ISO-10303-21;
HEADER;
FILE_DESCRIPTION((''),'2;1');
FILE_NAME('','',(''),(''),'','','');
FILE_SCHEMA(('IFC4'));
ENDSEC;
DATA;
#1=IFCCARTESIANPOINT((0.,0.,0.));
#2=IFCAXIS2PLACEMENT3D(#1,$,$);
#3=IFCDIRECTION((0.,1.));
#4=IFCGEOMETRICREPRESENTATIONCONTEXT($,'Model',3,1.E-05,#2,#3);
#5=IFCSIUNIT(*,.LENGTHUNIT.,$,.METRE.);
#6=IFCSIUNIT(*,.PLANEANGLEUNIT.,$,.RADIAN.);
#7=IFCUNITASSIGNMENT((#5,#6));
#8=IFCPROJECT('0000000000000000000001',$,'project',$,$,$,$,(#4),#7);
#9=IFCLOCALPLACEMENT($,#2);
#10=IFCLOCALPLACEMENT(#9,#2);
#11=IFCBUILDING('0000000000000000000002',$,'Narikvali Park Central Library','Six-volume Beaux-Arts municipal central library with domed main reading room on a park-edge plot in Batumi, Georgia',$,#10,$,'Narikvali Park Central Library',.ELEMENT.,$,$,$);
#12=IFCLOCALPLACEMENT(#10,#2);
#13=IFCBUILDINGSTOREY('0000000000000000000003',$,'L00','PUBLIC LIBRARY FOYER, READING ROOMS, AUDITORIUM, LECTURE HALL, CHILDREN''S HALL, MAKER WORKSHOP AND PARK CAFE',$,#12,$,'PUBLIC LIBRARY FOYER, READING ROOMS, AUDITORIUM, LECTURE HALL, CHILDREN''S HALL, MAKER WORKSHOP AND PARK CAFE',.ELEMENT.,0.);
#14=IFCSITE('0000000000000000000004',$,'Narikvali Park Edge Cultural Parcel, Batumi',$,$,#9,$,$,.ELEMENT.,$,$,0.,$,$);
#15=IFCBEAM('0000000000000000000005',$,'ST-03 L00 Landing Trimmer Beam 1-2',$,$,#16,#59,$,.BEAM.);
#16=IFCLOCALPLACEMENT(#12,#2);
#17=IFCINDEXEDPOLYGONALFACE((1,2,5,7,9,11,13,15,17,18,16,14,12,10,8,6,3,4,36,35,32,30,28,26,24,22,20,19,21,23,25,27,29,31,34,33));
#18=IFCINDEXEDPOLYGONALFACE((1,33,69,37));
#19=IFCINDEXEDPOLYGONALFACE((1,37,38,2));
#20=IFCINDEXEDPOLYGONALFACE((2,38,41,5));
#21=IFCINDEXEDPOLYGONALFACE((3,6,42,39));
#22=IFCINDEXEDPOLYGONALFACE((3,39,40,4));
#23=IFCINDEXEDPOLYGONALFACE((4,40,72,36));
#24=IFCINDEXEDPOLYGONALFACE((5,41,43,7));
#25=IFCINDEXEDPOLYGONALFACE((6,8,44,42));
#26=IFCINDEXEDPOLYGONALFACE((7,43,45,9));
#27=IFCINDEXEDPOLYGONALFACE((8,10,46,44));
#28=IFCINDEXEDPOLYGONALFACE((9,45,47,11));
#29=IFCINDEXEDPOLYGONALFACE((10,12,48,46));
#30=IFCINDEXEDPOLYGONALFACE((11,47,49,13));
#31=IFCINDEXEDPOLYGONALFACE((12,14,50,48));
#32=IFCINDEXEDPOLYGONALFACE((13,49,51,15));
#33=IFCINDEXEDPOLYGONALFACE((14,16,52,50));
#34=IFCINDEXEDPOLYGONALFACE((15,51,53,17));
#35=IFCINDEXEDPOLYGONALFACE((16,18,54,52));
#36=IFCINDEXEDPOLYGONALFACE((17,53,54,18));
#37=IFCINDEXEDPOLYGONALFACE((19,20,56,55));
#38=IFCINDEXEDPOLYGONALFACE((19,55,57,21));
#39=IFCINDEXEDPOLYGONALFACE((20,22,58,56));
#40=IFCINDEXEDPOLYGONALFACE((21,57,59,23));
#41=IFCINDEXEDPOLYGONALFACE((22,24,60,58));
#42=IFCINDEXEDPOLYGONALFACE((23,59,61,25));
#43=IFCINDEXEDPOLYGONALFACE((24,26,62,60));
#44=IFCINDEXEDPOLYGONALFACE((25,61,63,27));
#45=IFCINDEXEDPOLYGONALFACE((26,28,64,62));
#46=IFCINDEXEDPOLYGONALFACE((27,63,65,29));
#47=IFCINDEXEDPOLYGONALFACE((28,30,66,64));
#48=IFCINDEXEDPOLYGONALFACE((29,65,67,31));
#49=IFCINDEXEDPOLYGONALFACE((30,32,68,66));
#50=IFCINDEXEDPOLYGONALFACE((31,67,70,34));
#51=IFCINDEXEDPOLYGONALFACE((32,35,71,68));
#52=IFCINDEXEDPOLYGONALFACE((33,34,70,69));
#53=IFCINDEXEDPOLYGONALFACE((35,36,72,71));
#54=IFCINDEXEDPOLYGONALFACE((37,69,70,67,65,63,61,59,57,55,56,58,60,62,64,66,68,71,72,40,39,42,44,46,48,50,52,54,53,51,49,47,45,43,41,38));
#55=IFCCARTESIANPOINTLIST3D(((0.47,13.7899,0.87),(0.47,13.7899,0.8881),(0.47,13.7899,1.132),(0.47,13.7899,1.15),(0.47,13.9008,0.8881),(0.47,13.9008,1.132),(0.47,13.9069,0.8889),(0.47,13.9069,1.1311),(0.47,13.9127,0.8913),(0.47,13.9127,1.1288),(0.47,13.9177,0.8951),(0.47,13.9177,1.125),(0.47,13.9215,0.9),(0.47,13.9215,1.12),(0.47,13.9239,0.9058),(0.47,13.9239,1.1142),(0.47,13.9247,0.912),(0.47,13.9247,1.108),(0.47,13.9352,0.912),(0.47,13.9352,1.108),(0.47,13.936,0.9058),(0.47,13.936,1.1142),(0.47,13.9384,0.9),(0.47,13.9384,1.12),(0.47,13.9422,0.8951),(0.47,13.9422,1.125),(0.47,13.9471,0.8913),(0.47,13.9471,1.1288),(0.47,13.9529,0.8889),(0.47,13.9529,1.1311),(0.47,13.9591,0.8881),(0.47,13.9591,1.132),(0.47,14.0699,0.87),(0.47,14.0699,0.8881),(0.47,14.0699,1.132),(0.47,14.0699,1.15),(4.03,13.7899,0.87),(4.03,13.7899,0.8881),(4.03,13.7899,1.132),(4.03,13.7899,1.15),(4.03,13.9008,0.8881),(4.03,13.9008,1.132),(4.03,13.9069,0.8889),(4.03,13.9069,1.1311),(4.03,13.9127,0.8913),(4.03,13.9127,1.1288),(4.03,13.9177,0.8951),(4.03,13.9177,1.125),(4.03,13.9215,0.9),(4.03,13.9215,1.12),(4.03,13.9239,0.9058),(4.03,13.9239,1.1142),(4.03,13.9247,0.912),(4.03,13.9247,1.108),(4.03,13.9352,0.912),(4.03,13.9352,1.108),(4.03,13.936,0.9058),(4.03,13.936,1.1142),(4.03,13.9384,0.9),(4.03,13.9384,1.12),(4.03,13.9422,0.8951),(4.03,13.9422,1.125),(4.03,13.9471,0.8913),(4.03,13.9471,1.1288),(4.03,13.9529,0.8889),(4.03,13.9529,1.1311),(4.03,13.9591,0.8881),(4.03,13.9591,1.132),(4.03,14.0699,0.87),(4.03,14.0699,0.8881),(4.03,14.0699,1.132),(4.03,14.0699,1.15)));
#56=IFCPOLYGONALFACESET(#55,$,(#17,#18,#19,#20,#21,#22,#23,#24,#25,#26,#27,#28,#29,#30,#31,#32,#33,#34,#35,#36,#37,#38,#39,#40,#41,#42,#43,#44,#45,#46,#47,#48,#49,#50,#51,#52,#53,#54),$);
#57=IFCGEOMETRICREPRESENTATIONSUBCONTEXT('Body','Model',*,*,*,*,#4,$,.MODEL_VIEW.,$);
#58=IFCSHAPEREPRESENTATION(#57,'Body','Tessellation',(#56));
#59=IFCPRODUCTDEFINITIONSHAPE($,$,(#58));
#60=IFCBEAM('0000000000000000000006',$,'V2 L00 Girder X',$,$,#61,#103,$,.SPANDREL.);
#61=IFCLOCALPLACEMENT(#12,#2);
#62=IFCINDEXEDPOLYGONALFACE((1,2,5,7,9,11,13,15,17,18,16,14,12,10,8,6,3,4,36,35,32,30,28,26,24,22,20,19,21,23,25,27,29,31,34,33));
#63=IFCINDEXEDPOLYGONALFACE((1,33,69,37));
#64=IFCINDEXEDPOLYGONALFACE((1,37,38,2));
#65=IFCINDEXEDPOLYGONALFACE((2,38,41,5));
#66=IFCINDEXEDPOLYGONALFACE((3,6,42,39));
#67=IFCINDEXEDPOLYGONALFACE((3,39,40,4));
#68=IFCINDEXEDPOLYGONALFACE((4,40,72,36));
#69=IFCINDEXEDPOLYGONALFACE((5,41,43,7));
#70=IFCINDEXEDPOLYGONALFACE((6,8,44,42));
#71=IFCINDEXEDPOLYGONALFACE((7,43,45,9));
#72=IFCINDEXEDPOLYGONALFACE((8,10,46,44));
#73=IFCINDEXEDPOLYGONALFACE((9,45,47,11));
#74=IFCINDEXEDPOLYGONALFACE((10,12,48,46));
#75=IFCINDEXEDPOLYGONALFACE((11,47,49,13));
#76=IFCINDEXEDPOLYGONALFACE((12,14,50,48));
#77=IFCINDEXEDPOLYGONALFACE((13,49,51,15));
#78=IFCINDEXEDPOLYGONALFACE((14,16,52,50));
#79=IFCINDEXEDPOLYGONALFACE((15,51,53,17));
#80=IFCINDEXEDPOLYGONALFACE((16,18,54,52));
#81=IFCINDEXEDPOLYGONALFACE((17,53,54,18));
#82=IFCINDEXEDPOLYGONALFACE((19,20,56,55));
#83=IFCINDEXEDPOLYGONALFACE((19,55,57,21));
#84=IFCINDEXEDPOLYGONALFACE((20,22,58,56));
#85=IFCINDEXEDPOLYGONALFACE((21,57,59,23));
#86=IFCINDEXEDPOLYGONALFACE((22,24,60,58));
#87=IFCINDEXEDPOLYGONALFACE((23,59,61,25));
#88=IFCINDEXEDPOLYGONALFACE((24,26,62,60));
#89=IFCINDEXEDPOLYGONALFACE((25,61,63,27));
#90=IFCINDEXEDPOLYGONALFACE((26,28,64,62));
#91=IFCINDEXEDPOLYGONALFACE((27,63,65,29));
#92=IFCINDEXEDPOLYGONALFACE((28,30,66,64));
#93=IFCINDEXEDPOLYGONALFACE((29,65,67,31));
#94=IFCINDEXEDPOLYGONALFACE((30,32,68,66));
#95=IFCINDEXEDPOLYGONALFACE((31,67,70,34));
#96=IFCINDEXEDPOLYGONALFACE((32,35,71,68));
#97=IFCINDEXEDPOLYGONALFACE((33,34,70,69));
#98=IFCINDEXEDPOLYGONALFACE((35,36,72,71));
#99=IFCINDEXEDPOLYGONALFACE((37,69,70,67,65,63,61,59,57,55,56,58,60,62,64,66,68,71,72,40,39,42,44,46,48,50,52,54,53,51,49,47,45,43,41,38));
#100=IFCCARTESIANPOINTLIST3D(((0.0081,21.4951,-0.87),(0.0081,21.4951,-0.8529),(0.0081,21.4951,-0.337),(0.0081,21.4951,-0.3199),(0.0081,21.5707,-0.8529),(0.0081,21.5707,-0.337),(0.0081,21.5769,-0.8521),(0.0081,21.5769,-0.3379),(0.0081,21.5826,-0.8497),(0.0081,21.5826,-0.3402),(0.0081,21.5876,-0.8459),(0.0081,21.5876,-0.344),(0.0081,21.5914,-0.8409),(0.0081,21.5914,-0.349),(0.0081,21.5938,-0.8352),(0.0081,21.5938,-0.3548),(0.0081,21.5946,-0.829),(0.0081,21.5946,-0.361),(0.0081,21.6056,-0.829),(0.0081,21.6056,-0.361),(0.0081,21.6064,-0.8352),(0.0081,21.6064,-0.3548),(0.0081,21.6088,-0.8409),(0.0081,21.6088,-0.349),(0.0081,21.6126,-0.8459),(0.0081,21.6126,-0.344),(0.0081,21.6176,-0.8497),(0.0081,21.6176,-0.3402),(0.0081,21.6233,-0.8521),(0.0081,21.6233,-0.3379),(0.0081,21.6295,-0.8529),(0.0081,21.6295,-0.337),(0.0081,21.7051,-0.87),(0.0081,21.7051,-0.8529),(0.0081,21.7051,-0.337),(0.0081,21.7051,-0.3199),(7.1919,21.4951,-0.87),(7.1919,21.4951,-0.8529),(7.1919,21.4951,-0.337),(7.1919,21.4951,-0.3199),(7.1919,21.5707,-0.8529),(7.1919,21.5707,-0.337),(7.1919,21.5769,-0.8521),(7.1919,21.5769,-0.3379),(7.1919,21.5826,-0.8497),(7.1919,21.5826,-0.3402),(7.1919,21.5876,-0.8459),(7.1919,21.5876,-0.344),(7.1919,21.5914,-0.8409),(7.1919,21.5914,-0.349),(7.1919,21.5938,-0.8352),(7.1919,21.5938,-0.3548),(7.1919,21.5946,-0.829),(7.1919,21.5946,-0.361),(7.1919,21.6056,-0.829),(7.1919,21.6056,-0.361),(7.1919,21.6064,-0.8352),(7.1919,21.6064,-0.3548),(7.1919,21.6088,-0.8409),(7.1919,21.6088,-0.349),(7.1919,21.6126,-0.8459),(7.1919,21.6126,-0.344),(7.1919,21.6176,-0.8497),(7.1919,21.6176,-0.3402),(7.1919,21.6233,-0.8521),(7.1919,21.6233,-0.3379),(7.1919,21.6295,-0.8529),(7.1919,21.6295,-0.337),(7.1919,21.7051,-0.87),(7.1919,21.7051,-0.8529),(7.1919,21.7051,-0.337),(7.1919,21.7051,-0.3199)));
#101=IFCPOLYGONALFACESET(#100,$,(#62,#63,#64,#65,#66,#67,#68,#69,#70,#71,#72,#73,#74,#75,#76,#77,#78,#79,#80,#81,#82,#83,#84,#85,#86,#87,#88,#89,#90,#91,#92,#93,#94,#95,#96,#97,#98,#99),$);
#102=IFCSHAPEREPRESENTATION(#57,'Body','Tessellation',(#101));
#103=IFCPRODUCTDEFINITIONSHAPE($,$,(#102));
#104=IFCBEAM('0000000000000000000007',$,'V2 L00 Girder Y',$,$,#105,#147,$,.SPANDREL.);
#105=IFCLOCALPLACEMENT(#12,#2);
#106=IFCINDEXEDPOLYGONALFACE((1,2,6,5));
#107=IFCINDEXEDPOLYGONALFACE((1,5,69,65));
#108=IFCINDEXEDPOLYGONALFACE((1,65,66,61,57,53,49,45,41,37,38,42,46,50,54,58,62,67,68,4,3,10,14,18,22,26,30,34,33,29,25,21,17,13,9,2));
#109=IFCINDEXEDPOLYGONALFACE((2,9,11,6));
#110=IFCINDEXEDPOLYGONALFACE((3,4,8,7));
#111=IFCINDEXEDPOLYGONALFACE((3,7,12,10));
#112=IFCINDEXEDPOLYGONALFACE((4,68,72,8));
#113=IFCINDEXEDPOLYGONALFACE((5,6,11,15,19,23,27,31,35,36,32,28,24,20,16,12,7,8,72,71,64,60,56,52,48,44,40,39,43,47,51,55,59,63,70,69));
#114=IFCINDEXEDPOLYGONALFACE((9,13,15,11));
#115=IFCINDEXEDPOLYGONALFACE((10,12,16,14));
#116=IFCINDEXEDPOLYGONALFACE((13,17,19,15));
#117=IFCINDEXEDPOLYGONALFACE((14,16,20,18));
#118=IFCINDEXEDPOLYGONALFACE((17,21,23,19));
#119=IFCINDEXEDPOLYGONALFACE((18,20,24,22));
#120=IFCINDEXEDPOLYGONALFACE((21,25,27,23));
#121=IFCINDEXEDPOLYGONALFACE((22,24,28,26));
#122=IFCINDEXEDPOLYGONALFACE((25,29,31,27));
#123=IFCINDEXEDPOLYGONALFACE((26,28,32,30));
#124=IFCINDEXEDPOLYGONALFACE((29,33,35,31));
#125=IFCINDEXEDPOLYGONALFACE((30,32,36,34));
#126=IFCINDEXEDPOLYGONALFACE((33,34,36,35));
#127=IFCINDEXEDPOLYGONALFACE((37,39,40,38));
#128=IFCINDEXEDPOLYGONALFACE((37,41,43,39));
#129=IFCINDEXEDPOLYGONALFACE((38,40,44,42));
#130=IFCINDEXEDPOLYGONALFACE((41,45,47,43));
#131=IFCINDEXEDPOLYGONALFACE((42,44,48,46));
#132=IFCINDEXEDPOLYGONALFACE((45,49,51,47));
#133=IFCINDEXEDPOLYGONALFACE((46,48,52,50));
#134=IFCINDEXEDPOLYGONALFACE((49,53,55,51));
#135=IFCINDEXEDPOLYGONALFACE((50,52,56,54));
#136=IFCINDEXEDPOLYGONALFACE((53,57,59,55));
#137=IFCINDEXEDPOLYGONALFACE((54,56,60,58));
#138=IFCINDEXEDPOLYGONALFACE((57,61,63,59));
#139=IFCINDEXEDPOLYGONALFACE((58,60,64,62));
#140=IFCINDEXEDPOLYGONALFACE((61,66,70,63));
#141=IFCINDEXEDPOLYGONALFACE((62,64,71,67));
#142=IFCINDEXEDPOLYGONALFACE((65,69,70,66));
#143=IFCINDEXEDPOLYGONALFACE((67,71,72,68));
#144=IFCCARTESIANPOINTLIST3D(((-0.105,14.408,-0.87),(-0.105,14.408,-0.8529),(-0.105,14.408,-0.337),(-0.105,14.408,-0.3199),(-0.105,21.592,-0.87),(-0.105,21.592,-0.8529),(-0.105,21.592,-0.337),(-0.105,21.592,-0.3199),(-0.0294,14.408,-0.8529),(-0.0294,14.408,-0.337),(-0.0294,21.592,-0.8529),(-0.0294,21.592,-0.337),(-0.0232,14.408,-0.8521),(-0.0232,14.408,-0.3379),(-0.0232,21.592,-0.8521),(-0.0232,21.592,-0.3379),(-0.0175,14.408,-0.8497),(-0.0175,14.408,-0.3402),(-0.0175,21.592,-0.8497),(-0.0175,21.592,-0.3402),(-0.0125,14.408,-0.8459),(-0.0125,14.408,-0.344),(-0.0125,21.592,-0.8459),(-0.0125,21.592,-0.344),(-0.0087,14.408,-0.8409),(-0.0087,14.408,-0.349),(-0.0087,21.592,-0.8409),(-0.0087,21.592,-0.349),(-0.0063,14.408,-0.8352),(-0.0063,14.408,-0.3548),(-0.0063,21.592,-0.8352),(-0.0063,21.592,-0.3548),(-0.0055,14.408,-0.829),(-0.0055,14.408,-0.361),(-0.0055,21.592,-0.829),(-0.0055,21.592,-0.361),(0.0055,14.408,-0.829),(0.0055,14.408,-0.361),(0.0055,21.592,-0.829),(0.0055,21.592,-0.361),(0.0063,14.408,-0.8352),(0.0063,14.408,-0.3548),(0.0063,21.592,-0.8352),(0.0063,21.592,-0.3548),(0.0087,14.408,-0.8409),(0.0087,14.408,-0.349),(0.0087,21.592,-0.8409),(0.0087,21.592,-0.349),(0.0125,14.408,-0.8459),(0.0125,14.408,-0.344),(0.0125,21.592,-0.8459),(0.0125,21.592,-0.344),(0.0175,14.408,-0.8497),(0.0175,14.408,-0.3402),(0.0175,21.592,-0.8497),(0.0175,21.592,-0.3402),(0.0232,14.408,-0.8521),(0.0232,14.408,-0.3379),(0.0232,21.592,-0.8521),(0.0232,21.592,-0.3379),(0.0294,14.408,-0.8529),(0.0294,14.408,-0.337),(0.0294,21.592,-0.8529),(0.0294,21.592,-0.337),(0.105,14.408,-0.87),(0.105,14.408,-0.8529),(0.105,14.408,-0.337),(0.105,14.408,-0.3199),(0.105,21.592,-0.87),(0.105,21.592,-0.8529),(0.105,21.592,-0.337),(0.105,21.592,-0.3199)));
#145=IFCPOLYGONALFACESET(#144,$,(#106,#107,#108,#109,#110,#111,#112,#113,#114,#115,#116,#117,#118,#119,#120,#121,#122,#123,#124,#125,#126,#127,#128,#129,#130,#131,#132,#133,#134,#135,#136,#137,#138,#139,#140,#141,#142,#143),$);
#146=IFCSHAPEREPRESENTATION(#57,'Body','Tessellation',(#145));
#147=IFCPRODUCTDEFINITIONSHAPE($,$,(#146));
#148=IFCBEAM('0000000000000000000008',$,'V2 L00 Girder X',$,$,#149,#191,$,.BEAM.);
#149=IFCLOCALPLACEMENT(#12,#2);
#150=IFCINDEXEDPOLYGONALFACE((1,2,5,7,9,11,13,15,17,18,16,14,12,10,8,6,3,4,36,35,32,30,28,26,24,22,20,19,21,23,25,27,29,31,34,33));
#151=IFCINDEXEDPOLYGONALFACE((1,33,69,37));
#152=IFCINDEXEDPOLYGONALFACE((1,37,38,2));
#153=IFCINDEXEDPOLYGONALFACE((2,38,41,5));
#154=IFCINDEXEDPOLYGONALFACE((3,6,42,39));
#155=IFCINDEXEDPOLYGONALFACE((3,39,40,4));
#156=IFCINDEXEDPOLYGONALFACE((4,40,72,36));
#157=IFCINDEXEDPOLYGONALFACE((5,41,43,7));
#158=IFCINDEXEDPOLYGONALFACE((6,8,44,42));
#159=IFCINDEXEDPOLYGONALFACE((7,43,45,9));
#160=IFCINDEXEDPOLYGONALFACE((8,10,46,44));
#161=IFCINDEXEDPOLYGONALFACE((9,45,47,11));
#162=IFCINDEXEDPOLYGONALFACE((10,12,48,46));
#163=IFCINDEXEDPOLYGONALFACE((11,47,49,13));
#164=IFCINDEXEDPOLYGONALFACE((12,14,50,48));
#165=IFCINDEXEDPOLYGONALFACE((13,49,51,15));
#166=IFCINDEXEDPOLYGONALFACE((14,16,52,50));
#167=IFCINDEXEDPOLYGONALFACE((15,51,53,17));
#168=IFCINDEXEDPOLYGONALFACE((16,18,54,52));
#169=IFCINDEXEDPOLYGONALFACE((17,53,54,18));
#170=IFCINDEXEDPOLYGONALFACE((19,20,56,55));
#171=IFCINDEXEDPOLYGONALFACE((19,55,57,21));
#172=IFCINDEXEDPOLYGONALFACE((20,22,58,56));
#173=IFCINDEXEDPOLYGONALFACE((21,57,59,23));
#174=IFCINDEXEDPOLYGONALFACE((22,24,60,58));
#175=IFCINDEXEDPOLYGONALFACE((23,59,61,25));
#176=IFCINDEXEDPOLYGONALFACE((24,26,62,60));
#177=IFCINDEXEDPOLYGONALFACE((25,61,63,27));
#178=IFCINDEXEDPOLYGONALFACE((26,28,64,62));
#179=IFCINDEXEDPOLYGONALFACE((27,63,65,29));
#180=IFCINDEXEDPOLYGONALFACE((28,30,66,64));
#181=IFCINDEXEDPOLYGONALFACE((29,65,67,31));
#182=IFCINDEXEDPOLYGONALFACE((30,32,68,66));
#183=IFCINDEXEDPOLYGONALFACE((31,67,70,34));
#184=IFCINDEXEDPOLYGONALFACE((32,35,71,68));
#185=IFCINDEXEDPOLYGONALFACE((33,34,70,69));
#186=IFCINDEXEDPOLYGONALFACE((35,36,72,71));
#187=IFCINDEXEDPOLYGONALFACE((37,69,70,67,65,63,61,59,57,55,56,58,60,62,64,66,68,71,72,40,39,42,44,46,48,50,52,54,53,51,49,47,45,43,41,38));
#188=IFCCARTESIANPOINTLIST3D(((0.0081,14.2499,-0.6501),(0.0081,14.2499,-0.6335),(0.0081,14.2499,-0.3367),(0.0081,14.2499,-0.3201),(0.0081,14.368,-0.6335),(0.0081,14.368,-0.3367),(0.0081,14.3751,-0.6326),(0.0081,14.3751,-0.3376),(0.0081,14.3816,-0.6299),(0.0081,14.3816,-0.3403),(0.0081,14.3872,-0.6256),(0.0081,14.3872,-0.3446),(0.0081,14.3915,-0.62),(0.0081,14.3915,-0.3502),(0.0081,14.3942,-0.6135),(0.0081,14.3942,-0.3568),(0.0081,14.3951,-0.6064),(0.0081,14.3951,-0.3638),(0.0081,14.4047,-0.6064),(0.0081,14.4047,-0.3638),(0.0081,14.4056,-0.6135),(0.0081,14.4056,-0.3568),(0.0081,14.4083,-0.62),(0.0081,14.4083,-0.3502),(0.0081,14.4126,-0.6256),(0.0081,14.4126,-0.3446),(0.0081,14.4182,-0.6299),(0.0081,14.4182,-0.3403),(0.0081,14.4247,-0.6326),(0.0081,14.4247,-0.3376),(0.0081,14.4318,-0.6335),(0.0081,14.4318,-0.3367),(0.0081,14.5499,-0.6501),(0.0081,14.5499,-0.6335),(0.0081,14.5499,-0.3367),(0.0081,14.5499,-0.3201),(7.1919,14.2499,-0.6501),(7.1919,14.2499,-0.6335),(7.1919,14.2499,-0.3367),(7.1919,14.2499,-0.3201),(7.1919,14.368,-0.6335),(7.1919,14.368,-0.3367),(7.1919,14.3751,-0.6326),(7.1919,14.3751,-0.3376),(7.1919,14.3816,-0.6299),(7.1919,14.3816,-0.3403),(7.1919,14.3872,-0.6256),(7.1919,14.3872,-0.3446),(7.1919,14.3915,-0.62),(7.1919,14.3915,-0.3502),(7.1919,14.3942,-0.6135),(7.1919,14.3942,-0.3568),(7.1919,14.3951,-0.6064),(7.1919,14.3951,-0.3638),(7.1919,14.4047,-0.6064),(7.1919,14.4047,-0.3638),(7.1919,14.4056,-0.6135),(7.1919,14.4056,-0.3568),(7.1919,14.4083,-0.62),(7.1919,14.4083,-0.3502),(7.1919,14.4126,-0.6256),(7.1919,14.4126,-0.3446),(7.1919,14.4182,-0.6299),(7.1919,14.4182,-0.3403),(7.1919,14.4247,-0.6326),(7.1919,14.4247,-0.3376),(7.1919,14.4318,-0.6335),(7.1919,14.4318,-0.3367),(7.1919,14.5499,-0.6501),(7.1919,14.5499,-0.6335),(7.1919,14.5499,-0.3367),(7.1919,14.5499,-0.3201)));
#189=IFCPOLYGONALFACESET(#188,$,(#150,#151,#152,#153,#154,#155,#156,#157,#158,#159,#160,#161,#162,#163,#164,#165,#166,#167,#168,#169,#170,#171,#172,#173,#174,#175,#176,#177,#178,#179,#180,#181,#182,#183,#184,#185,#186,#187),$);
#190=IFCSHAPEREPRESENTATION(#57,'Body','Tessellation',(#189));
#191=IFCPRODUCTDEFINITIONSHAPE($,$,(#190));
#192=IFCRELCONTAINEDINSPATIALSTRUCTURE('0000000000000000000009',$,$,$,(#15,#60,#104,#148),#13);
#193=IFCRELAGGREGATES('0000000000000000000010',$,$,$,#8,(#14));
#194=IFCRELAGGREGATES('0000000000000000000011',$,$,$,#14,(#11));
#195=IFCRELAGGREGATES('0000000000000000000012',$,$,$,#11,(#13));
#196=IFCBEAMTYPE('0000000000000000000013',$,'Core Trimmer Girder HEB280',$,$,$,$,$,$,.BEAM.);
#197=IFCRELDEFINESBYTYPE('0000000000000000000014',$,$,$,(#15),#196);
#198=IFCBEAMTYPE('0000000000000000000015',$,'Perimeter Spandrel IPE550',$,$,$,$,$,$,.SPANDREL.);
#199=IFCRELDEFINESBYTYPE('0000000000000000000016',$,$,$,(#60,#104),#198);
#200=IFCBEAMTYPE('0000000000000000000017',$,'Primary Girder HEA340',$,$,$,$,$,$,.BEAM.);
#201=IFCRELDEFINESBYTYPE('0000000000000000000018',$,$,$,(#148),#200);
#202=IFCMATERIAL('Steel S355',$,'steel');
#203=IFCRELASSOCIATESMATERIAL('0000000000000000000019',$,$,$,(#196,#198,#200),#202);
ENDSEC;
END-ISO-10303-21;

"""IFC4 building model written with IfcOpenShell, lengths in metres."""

from ifc_helpers import new_model, si_unit, direction, frame, origin, origin_2d, place, context, subcontext, project, spatial, i_section, extrude, material, material_profile, profile_set, type_object, element, save


model = new_model("IFC4")

# Units and contexts
model_context = context("Model", 3, precision=1e-05, world=origin(), true_north=direction((0.0, 1.0)))
body_context = subcontext(model_context, "Body", "Model", "MODEL_VIEW")
ifc_project = project(units=[si_unit("LENGTHUNIT", "METRE"), si_unit("PLANEANGLEUNIT", "RADIAN")], contexts=[model_context])

# Site, building, storey
site_placement = place(None, origin())
site = spatial("IfcSite", under=ifc_project, at=site_placement, Name="Narikvali Park Edge Cultural Parcel, Batumi", CompositionType="ELEMENT", RefElevation=0.0)
building_placement = place(site_placement, origin())
building = spatial("IfcBuilding", under=site, at=building_placement, Name="Narikvali Park Central Library", Description="Six-volume Beaux-Arts municipal central library with domed main reading room on a park-edge plot in Batumi, Georgia", LongName="Narikvali Park Central Library", CompositionType="ELEMENT")
storey_placement = place(building_placement, origin())
storey = spatial("IfcBuildingStorey", under=building, at=storey_placement, Name="L00", Description="PUBLIC LIBRARY FOYER, READING ROOMS, AUDITORIUM, LECTURE HALL, CHILDREN'S HALL, MAKER WORKSHOP AND PARK CAFE", LongName="PUBLIC LIBRARY FOYER, READING ROOMS, AUDITORIUM, LECTURE HALL, CHILDREN'S HALL, MAKER WORKSHOP AND PARK CAFE", CompositionType="ELEMENT", Elevation=0.0)

# Shared definitions
ifc_material_1 = material(Name="Steel S355", Category="steel")

# Beams
ifc_material_profile_1 = material_profile(ifc_material_1, i_section(OverallWidth=0.28, OverallDepth=0.28, WebThickness=0.0105, FlangeThickness=0.0181, FilletRadius=0.0239, at=origin_2d()), Name="HEB 280")
ifc_profile_set_1 = profile_set([ifc_material_profile_1], Name="Steel S355")
beam_type_1 = type_object("IfcBeamType", Name="Core Trimmer Girder HEB280", PredefinedType="BEAM", material=ifc_profile_set_1)
for number, where, z_axis, x_axis, name in (
    (1, (0.47, 13.9299, 1.01), (1.0, 0.0, 0.0), (0.0, 1.0, 0.0), "ST-03 L00 Landing Trimmer Beam 1-2"),
):
    element("IfcBeam", number, at=place(storey_placement, frame(where, z_axis=z_axis, x_axis=x_axis)), inside=storey, type_object=beam_type_1, Name=name, PredefinedType="BEAM", context=body_context, shape_type="SweptSolid", body=[
        extrude(i_section(OverallWidth=0.28, OverallDepth=0.28, WebThickness=0.0105, FlangeThickness=0.0181, FilletRadius=0.0239, at=origin_2d()), origin(), (0.0, 0.0, 1.0), 3.5601),
    ])
ifc_material_profile_2 = material_profile(ifc_material_1, i_section(OverallWidth=0.21, OverallDepth=0.55, WebThickness=0.011, FlangeThickness=0.0171, FilletRadius=0.0239, at=origin_2d()), Name="IPE 550")
ifc_profile_set_2 = profile_set([ifc_material_profile_2], Name="Steel S355")
beam_type_2 = type_object("IfcBeamType", Name="Perimeter Spandrel IPE550", PredefinedType="SPANDREL", material=ifc_profile_set_2)
beam_1_placement = place(storey_placement, frame((0.0081, 21.6001, -0.595), z_axis=(1.0, 0.0, 0.0), x_axis=(0.0, 1.0, 0.0)))
element("IfcBeam", 2, at=beam_1_placement, inside=storey, type_object=beam_type_2, Name="V2 L00 Girder X", PredefinedType="SPANDREL", context=body_context, shape_type="SweptSolid", body=[
    extrude(i_section(OverallWidth=0.21, OverallDepth=0.55, WebThickness=0.011, FlangeThickness=0.0171, FilletRadius=0.0239, at=origin_2d()), origin(), (0.0, 0.0, 1.0), 7.1838),
])
beam_2_placement = place(storey_placement, frame((0.0, 14.408, -0.595), z_axis=(0.0, 1.0, 0.0), x_axis=(-1.0, 0.0, 0.0)))
element("IfcBeam", 3, at=beam_2_placement, inside=storey, type_object=beam_type_2, Name="V2 L00 Girder Y", PredefinedType="SPANDREL", context=body_context, shape_type="SweptSolid", body=[
    extrude(i_section(OverallWidth=0.21, OverallDepth=0.55, WebThickness=0.011, FlangeThickness=0.0171, FilletRadius=0.0239, at=origin_2d()), origin(), (0.0, 0.0, 1.0), 7.1841),
])
ifc_material_profile_3 = material_profile(ifc_material_1, i_section(OverallWidth=0.3, OverallDepth=0.3301, WebThickness=0.0095, FlangeThickness=0.0166, FilletRadius=0.0271, at=origin_2d()), Name="HEA 340")
ifc_profile_set_3 = profile_set([ifc_material_profile_3], Name="Steel S355")
beam_type_3 = type_object("IfcBeamType", Name="Primary Girder HEA340", PredefinedType="BEAM", material=ifc_profile_set_3)
beam_3_placement = place(storey_placement, frame((0.0081, 14.3999, -0.4851), z_axis=(1.0, 0.0, 0.0), x_axis=(0.0, 1.0, 0.0)))
element("IfcBeam", 4, at=beam_3_placement, inside=storey, type_object=beam_type_3, Name="V2 L00 Girder X", PredefinedType="BEAM", context=body_context, shape_type="SweptSolid", body=[
    extrude(i_section(OverallWidth=0.3, OverallDepth=0.3301, WebThickness=0.0095, FlangeThickness=0.0166, FilletRadius=0.0271, at=origin_2d()), origin(), (0.0, 0.0, 1.0), 7.1838),
])

save(model, "model.ifc")
